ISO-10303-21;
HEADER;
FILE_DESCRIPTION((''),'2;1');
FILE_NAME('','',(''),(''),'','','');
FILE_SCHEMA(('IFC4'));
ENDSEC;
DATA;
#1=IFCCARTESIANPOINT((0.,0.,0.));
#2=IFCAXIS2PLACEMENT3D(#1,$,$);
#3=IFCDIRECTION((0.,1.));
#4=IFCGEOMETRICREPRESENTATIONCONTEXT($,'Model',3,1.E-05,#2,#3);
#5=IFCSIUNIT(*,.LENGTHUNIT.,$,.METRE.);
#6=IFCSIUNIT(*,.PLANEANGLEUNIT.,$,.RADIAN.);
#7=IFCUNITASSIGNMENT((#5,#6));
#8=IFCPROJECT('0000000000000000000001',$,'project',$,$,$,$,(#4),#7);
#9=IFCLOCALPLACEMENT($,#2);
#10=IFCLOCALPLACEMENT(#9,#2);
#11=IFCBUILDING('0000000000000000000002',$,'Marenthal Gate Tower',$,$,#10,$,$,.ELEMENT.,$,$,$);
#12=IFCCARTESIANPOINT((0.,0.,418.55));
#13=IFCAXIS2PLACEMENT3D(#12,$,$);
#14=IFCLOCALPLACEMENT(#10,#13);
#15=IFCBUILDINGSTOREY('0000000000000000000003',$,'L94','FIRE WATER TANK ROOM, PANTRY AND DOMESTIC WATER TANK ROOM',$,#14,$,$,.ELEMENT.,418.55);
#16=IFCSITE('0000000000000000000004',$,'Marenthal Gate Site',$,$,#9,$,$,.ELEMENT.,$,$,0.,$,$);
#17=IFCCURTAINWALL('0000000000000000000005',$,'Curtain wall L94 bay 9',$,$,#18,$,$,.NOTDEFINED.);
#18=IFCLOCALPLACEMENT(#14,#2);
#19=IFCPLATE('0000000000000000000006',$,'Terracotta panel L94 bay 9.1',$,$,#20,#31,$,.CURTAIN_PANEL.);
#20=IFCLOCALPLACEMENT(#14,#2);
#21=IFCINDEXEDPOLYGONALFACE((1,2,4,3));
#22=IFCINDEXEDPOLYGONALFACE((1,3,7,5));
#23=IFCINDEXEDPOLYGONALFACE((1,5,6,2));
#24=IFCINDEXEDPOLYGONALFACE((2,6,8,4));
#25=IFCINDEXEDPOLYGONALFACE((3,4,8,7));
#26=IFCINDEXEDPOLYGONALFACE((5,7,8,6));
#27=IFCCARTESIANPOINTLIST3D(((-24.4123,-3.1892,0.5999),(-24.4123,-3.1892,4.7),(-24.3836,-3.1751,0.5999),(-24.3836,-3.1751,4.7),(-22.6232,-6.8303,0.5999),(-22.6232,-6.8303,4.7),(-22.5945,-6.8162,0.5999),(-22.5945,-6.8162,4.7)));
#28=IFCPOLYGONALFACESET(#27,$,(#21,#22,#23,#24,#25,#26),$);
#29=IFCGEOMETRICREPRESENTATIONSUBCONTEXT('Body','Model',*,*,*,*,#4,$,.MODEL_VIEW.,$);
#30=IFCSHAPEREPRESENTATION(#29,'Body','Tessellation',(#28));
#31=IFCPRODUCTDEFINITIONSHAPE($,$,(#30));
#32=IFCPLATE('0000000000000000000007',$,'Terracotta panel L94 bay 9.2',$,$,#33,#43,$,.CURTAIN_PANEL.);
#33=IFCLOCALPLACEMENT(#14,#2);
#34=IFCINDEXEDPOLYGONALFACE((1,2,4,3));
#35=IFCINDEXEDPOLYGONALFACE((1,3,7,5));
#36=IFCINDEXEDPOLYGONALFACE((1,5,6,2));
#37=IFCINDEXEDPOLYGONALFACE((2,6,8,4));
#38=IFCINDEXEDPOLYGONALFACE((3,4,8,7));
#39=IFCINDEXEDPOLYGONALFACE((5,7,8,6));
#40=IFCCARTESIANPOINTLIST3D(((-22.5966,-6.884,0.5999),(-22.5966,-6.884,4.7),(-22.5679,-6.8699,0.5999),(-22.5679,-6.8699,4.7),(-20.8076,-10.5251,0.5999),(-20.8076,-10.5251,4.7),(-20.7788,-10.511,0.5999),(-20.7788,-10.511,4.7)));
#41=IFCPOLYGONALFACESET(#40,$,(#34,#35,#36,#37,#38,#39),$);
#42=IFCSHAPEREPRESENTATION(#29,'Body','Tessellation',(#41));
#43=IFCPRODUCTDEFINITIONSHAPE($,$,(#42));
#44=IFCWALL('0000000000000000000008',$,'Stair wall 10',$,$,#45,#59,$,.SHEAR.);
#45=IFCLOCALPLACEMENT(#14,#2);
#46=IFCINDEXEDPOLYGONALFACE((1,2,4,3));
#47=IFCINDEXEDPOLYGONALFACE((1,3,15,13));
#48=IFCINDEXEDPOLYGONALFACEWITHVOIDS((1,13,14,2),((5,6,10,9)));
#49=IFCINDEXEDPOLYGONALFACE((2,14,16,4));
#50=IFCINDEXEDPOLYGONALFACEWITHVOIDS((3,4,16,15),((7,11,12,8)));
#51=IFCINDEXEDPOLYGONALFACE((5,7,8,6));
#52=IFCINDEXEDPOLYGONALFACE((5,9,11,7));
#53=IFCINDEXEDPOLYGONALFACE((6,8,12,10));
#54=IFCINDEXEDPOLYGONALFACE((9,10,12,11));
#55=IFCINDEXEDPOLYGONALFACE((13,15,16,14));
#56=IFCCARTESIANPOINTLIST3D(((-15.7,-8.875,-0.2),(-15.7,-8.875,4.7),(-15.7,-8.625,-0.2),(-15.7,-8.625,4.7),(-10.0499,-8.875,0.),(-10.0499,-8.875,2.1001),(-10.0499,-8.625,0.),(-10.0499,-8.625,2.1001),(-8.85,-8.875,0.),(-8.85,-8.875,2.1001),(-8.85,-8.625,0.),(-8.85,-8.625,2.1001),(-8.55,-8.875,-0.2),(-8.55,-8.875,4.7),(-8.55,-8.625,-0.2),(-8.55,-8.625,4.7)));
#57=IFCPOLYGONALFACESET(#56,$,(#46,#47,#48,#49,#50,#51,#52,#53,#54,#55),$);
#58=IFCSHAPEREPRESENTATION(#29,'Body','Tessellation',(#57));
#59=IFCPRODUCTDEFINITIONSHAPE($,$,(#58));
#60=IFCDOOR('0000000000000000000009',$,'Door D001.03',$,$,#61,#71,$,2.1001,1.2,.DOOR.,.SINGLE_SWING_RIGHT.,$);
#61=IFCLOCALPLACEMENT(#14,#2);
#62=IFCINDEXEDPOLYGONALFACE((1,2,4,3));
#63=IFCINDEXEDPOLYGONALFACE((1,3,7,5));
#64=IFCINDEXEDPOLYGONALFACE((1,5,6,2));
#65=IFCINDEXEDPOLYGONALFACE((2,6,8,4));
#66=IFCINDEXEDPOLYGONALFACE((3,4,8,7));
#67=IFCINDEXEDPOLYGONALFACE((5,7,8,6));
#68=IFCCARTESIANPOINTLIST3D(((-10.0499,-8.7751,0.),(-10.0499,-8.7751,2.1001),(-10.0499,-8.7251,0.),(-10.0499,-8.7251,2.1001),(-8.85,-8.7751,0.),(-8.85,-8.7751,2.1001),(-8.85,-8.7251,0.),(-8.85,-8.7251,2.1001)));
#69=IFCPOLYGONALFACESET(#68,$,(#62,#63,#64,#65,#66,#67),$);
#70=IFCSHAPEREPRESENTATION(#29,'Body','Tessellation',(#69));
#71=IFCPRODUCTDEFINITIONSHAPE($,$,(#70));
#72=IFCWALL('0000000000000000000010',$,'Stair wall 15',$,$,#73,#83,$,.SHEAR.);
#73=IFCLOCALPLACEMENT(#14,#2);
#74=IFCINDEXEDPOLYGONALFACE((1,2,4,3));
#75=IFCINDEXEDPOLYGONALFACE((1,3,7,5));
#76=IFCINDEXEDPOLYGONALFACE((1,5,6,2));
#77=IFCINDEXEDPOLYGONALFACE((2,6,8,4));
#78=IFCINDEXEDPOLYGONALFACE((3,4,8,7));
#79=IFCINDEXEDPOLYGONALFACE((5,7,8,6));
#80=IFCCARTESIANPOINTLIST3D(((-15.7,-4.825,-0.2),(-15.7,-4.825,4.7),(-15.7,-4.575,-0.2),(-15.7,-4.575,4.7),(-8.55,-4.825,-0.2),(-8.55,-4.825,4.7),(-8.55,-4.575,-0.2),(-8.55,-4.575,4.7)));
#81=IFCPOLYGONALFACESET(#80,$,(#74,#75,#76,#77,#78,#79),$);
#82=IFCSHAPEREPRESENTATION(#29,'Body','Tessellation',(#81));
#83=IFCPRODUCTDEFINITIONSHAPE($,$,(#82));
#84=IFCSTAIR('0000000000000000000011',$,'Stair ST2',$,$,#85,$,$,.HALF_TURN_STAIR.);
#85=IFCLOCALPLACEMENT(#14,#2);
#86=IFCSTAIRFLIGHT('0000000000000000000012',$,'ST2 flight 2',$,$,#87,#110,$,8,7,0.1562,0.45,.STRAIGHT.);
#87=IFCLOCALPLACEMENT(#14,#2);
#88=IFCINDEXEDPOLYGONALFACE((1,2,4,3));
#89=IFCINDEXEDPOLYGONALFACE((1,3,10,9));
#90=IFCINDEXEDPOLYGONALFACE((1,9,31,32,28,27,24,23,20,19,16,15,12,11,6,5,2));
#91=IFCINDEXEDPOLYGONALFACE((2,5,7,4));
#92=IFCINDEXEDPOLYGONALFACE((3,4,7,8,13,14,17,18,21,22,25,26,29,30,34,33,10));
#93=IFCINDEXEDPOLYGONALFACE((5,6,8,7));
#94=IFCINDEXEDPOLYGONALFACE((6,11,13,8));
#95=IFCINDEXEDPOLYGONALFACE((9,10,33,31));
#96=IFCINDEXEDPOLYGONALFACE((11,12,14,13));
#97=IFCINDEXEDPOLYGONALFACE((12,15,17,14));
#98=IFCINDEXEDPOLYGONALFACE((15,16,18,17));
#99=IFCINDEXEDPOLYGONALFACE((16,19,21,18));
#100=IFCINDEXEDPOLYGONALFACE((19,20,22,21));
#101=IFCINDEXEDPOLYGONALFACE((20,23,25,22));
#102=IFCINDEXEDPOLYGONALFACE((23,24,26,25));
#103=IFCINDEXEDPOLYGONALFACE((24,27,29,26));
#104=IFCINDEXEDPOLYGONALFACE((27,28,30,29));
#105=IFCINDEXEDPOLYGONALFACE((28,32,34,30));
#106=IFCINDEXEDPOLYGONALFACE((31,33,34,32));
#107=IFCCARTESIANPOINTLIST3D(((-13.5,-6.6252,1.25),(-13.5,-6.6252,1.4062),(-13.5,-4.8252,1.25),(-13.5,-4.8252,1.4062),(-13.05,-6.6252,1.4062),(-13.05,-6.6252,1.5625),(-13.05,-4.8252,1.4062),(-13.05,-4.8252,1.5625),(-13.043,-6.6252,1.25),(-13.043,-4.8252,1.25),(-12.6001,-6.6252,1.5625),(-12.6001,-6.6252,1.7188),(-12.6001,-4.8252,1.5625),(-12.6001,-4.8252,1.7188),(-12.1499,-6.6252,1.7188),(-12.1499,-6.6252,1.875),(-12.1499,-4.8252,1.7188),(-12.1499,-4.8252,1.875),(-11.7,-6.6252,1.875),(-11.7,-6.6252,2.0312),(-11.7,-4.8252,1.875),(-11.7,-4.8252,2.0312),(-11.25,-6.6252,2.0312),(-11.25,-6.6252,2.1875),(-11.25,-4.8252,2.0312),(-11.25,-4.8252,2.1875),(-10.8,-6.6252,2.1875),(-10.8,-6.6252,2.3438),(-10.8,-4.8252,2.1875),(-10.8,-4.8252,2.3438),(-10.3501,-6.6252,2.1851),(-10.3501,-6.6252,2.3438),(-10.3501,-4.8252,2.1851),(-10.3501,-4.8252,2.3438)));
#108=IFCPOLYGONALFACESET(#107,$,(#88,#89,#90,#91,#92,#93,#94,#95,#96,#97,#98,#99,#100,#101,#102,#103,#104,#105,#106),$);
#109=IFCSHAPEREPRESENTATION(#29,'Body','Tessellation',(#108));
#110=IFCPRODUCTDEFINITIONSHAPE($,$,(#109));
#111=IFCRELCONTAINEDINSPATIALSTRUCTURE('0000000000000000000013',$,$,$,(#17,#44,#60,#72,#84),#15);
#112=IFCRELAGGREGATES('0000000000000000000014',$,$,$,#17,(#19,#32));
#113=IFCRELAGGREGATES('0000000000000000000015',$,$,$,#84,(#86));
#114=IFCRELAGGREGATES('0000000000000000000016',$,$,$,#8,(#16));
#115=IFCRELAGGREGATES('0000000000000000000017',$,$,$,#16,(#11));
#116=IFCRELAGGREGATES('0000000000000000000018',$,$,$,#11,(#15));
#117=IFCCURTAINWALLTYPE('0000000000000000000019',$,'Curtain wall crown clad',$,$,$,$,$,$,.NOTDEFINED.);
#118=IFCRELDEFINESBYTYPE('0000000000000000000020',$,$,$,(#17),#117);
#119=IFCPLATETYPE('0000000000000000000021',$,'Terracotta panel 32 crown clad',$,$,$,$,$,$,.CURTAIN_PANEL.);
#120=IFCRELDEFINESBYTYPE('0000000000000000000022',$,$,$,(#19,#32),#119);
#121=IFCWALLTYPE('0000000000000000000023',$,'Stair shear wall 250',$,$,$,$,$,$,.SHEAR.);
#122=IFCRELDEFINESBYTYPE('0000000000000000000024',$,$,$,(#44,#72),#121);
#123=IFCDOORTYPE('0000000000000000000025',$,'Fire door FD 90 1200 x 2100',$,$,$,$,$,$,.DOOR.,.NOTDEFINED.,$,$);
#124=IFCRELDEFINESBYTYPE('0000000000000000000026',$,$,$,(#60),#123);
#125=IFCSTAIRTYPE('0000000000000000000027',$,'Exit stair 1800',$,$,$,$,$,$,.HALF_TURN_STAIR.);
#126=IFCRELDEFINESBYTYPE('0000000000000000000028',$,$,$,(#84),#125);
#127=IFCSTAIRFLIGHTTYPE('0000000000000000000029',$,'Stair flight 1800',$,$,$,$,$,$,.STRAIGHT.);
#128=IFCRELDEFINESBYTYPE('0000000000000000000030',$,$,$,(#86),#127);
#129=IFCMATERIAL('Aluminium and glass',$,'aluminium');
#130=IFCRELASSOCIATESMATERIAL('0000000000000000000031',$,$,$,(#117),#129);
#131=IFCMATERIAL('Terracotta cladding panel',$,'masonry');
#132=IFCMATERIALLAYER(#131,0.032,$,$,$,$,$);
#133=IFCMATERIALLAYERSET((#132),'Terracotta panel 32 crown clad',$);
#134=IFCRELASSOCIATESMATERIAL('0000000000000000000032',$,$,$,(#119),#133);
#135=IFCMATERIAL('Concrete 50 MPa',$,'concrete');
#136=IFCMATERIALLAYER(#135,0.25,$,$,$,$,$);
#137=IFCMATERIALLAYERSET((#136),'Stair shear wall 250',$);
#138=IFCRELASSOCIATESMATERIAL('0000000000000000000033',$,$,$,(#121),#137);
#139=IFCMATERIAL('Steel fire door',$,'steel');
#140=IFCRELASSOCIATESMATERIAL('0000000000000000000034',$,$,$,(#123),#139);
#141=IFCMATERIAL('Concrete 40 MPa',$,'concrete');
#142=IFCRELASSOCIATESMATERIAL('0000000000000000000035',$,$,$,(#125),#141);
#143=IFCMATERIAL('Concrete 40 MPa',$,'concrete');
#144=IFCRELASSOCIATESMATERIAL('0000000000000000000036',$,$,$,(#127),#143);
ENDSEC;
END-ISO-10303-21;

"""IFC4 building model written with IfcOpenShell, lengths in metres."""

from ifc_helpers import new_model, si_unit, direction, frame, frame_2d, origin, origin_2d, place, context, subcontext, project, spatial, polyline, rectangle, outline, extrude, material, layer, layer_set, type_object, element, fill, aggregate, save


model = new_model("IFC4")

# Units and contexts
model_context = context("Model", 3, precision=1e-05, world=origin(), true_north=direction((0.0, 1.0)))
body_context = subcontext(model_context, "Body", "Model", "MODEL_VIEW")
ifc_project = project(units=[si_unit("LENGTHUNIT", "METRE"), si_unit("PLANEANGLEUNIT", "RADIAN")], contexts=[model_context])

# Site, building, storey
site_placement = place(None, origin())
site = spatial("IfcSite", under=ifc_project, at=site_placement, Name="Marenthal Gate Site", CompositionType="ELEMENT", RefElevation=0.0)
building_placement = place(site_placement, origin())
building = spatial("IfcBuilding", under=site, at=building_placement, Name="Marenthal Gate Tower", CompositionType="ELEMENT")
storey_placement = place(building_placement, frame((0.0, 0.0, 418.55)))
storey = spatial("IfcBuildingStorey", under=building, at=storey_placement, Name="L94", Description="FIRE WATER TANK ROOM, PANTRY AND DOMESTIC WATER TANK ROOM", CompositionType="ELEMENT", Elevation=418.55)

# Curtain wall
ifc_material_1 = material(Name="Aluminium and glass", Category="aluminium")
curtain_wall_type_1 = type_object("IfcCurtainWallType", Name="Curtain wall crown clad", PredefinedType="NOTDEFINED", material=ifc_material_1)
curtain_wall_1_placement = place(storey_placement, origin())
curtain_wall_1 = element("IfcCurtainWall", 1, at=curtain_wall_1_placement, inside=storey, type_object=curtain_wall_type_1, Name="Curtain wall L94 bay 9", PredefinedType="NOTDEFINED")

# Plates
ifc_material_2 = material(Name="Terracotta cladding panel", Category="masonry")
ifc_layer_1 = layer(ifc_material_2, 0.032)
ifc_layer_set_1 = layer_set([ifc_layer_1], Name="Terracotta panel 32 crown clad")
plate_type = type_object("IfcPlateType", Name="Terracotta panel 32 crown clad", PredefinedType="CURTAIN_PANEL", material=ifc_layer_set_1)
plate_1_placement = place(storey_placement, frame((-23.5034, -5.0027, 0.5999), z_axis=(0.0, 0.0, 1.0), x_axis=(0.441001, -0.897507, 0.0)))
plate_1 = element("IfcPlate", 2, at=plate_1_placement, type_object=plate_type, Name="Terracotta panel L94 bay 9.1", PredefinedType="CURTAIN_PANEL", context=body_context, shape_type="SweptSolid", body=[
    extrude(rectangle(XDim=4.0569, YDim=0.032, at=origin_2d()), origin(), (0.0, 0.0, 1.0), 4.1001),
])
plate_2_placement = place(storey_placement, frame((-21.6877, -8.6975, 0.5999), z_axis=(0.0, 0.0, 1.0), x_axis=(0.441001, -0.897507, 0.0)))
plate_2 = element("IfcPlate", 3, at=plate_2_placement, type_object=plate_type, Name="Terracotta panel L94 bay 9.2", PredefinedType="CURTAIN_PANEL", context=body_context, shape_type="SweptSolid", body=[
    extrude(rectangle(XDim=4.0569, YDim=0.032, at=origin_2d()), origin(), (0.0, 0.0, 1.0), 4.1001),
])
aggregate(curtain_wall_1, [plate_1, plate_2])

# Wall, opening, door
ifc_material_3 = material(Name="Concrete 50 MPa", Category="concrete")
ifc_layer_2 = layer(ifc_material_3, 0.25)
ifc_layer_set_2 = layer_set([ifc_layer_2], Name="Stair shear wall 250")
wall_type = type_object("IfcWallType", Name="Stair shear wall 250", PredefinedType="SHEAR", material=ifc_layer_set_2)
wall_1_placement = place(storey_placement, frame((-15.7, -8.75, -0.2), z_axis=(0.0, 0.0, 1.0), x_axis=(1.0, 0.0, 0.0)))
wall_1 = element("IfcWall", 4, at=wall_1_placement, inside=storey, type_object=wall_type, Name="Stair wall 10", PredefinedType="SHEAR", context=body_context, shape_type="SweptSolid", body=[
    extrude(rectangle(XDim=7.1499, YDim=0.25, at=frame_2d((3.575, 0.0))), origin(), (0.0, 0.0, 1.0), 4.8999),
])
opening_placement = place(wall_1_placement, frame((5.6499, 0.0, 0.2)))
opening = element("IfcOpeningElement", 5, at=opening_placement, cuts=wall_1, PredefinedType="OPENING", context=body_context, shape_type="SweptSolid", body=[
    extrude(rectangle(XDim=1.2, YDim=2.1001, at=frame_2d((0.6001, 1.05))), frame((0.0, 0.135, 0.0), z_axis=(0.0, -1.0, 0.0), x_axis=(1.0, 0.0, 0.0)), (0.0, 0.0, 1.0), 0.27),
])
ifc_material_4 = material(Name="Steel fire door", Category="steel")
door_type = type_object("IfcDoorType", Name="Fire door FD 90 1200 x 2100", OperationType="NOTDEFINED", PredefinedType="DOOR", material=ifc_material_4)
door_placement = place(opening_placement, origin())
door = element("IfcDoor", 6, at=door_placement, inside=storey, type_object=door_type, Name="Door D001.03", OperationType="SINGLE_SWING_RIGHT", OverallHeight=2.1001, OverallWidth=1.2, PredefinedType="DOOR", context=body_context, shape_type="SweptSolid", body=[
    extrude(rectangle(XDim=1.2, YDim=2.1001, at=frame_2d((0.6001, 1.05))), frame((0.0, 0.0249, 0.0), z_axis=(0.0, -1.0, 0.0), x_axis=(1.0, 0.0, 0.0)), (0.0, 0.0, 1.0), 0.05),
])
fill(opening, door)

# Wall
wall_2_placement = place(storey_placement, frame((-15.7, -4.7, -0.2), z_axis=(0.0, 0.0, 1.0), x_axis=(1.0, 0.0, 0.0)))
element("IfcWall", 7, at=wall_2_placement, inside=storey, type_object=wall_type, Name="Stair wall 15", PredefinedType="SHEAR", context=body_context, shape_type="SweptSolid", body=[
    extrude(rectangle(XDim=7.1499, YDim=0.25, at=frame_2d((3.575, 0.0))), origin(), (0.0, 0.0, 1.0), 4.8999),
])

# Stair, stair flight
ifc_material_5 = material(Name="Concrete 40 MPa", Category="concrete")
stair_type = type_object("IfcStairType", Name="Exit stair 1800", PredefinedType="HALF_TURN_STAIR", material=ifc_material_5)
stair_placement = place(storey_placement, origin())
stair = element("IfcStair", 8, at=stair_placement, inside=storey, type_object=stair_type, Name="Stair ST2", PredefinedType="HALF_TURN_STAIR")
ifc_material_6 = material(Name="Concrete 40 MPa", Category="concrete")
stair_flight_type = type_object("IfcStairFlightType", Name="Stair flight 1800", PredefinedType="STRAIGHT", material=ifc_material_6)
stair_flight_placement = place(storey_placement, frame((-13.5, -5.7251, 1.25), z_axis=(0.0, 0.0, 1.0), x_axis=(1.0, 0.0, 0.0)))
stair_flight = element("IfcStairFlight", 9, at=stair_flight_placement, type_object=stair_flight_type, Name="ST2 flight 2", NumberOfRisers=8, NumberOfTreads=7, PredefinedType="STRAIGHT", RiserHeight=0.1562, TreadLength=0.45, context=body_context, shape_type="SweptSolid", body=[
    extrude(outline(polyline([(0.0, 0.0), (0.0, 0.1562), (0.45, 0.1562), (0.45, 0.3125), (0.8999, 0.3125), (0.8999, 0.4688), (1.3501, 0.4688), (1.3501, 0.625), (1.8, 0.625), (1.8, 0.7812), (2.25, 0.7812), (2.25, 0.9375), (2.7, 0.9375), (2.7, 1.0938), (3.1499, 1.0938), (3.1499, 1.25), (3.1499, 0.9351), (0.457, 0.0), (0.0, 0.0)])), frame((0.0, 0.8999, 0.0), z_axis=(0.0, -1.0, 0.0), x_axis=(1.0, 0.0, 0.0)), (0.0, 0.0, 1.0), 1.8),
])
aggregate(stair, [stair_flight])

save(model, "model.ifc")
